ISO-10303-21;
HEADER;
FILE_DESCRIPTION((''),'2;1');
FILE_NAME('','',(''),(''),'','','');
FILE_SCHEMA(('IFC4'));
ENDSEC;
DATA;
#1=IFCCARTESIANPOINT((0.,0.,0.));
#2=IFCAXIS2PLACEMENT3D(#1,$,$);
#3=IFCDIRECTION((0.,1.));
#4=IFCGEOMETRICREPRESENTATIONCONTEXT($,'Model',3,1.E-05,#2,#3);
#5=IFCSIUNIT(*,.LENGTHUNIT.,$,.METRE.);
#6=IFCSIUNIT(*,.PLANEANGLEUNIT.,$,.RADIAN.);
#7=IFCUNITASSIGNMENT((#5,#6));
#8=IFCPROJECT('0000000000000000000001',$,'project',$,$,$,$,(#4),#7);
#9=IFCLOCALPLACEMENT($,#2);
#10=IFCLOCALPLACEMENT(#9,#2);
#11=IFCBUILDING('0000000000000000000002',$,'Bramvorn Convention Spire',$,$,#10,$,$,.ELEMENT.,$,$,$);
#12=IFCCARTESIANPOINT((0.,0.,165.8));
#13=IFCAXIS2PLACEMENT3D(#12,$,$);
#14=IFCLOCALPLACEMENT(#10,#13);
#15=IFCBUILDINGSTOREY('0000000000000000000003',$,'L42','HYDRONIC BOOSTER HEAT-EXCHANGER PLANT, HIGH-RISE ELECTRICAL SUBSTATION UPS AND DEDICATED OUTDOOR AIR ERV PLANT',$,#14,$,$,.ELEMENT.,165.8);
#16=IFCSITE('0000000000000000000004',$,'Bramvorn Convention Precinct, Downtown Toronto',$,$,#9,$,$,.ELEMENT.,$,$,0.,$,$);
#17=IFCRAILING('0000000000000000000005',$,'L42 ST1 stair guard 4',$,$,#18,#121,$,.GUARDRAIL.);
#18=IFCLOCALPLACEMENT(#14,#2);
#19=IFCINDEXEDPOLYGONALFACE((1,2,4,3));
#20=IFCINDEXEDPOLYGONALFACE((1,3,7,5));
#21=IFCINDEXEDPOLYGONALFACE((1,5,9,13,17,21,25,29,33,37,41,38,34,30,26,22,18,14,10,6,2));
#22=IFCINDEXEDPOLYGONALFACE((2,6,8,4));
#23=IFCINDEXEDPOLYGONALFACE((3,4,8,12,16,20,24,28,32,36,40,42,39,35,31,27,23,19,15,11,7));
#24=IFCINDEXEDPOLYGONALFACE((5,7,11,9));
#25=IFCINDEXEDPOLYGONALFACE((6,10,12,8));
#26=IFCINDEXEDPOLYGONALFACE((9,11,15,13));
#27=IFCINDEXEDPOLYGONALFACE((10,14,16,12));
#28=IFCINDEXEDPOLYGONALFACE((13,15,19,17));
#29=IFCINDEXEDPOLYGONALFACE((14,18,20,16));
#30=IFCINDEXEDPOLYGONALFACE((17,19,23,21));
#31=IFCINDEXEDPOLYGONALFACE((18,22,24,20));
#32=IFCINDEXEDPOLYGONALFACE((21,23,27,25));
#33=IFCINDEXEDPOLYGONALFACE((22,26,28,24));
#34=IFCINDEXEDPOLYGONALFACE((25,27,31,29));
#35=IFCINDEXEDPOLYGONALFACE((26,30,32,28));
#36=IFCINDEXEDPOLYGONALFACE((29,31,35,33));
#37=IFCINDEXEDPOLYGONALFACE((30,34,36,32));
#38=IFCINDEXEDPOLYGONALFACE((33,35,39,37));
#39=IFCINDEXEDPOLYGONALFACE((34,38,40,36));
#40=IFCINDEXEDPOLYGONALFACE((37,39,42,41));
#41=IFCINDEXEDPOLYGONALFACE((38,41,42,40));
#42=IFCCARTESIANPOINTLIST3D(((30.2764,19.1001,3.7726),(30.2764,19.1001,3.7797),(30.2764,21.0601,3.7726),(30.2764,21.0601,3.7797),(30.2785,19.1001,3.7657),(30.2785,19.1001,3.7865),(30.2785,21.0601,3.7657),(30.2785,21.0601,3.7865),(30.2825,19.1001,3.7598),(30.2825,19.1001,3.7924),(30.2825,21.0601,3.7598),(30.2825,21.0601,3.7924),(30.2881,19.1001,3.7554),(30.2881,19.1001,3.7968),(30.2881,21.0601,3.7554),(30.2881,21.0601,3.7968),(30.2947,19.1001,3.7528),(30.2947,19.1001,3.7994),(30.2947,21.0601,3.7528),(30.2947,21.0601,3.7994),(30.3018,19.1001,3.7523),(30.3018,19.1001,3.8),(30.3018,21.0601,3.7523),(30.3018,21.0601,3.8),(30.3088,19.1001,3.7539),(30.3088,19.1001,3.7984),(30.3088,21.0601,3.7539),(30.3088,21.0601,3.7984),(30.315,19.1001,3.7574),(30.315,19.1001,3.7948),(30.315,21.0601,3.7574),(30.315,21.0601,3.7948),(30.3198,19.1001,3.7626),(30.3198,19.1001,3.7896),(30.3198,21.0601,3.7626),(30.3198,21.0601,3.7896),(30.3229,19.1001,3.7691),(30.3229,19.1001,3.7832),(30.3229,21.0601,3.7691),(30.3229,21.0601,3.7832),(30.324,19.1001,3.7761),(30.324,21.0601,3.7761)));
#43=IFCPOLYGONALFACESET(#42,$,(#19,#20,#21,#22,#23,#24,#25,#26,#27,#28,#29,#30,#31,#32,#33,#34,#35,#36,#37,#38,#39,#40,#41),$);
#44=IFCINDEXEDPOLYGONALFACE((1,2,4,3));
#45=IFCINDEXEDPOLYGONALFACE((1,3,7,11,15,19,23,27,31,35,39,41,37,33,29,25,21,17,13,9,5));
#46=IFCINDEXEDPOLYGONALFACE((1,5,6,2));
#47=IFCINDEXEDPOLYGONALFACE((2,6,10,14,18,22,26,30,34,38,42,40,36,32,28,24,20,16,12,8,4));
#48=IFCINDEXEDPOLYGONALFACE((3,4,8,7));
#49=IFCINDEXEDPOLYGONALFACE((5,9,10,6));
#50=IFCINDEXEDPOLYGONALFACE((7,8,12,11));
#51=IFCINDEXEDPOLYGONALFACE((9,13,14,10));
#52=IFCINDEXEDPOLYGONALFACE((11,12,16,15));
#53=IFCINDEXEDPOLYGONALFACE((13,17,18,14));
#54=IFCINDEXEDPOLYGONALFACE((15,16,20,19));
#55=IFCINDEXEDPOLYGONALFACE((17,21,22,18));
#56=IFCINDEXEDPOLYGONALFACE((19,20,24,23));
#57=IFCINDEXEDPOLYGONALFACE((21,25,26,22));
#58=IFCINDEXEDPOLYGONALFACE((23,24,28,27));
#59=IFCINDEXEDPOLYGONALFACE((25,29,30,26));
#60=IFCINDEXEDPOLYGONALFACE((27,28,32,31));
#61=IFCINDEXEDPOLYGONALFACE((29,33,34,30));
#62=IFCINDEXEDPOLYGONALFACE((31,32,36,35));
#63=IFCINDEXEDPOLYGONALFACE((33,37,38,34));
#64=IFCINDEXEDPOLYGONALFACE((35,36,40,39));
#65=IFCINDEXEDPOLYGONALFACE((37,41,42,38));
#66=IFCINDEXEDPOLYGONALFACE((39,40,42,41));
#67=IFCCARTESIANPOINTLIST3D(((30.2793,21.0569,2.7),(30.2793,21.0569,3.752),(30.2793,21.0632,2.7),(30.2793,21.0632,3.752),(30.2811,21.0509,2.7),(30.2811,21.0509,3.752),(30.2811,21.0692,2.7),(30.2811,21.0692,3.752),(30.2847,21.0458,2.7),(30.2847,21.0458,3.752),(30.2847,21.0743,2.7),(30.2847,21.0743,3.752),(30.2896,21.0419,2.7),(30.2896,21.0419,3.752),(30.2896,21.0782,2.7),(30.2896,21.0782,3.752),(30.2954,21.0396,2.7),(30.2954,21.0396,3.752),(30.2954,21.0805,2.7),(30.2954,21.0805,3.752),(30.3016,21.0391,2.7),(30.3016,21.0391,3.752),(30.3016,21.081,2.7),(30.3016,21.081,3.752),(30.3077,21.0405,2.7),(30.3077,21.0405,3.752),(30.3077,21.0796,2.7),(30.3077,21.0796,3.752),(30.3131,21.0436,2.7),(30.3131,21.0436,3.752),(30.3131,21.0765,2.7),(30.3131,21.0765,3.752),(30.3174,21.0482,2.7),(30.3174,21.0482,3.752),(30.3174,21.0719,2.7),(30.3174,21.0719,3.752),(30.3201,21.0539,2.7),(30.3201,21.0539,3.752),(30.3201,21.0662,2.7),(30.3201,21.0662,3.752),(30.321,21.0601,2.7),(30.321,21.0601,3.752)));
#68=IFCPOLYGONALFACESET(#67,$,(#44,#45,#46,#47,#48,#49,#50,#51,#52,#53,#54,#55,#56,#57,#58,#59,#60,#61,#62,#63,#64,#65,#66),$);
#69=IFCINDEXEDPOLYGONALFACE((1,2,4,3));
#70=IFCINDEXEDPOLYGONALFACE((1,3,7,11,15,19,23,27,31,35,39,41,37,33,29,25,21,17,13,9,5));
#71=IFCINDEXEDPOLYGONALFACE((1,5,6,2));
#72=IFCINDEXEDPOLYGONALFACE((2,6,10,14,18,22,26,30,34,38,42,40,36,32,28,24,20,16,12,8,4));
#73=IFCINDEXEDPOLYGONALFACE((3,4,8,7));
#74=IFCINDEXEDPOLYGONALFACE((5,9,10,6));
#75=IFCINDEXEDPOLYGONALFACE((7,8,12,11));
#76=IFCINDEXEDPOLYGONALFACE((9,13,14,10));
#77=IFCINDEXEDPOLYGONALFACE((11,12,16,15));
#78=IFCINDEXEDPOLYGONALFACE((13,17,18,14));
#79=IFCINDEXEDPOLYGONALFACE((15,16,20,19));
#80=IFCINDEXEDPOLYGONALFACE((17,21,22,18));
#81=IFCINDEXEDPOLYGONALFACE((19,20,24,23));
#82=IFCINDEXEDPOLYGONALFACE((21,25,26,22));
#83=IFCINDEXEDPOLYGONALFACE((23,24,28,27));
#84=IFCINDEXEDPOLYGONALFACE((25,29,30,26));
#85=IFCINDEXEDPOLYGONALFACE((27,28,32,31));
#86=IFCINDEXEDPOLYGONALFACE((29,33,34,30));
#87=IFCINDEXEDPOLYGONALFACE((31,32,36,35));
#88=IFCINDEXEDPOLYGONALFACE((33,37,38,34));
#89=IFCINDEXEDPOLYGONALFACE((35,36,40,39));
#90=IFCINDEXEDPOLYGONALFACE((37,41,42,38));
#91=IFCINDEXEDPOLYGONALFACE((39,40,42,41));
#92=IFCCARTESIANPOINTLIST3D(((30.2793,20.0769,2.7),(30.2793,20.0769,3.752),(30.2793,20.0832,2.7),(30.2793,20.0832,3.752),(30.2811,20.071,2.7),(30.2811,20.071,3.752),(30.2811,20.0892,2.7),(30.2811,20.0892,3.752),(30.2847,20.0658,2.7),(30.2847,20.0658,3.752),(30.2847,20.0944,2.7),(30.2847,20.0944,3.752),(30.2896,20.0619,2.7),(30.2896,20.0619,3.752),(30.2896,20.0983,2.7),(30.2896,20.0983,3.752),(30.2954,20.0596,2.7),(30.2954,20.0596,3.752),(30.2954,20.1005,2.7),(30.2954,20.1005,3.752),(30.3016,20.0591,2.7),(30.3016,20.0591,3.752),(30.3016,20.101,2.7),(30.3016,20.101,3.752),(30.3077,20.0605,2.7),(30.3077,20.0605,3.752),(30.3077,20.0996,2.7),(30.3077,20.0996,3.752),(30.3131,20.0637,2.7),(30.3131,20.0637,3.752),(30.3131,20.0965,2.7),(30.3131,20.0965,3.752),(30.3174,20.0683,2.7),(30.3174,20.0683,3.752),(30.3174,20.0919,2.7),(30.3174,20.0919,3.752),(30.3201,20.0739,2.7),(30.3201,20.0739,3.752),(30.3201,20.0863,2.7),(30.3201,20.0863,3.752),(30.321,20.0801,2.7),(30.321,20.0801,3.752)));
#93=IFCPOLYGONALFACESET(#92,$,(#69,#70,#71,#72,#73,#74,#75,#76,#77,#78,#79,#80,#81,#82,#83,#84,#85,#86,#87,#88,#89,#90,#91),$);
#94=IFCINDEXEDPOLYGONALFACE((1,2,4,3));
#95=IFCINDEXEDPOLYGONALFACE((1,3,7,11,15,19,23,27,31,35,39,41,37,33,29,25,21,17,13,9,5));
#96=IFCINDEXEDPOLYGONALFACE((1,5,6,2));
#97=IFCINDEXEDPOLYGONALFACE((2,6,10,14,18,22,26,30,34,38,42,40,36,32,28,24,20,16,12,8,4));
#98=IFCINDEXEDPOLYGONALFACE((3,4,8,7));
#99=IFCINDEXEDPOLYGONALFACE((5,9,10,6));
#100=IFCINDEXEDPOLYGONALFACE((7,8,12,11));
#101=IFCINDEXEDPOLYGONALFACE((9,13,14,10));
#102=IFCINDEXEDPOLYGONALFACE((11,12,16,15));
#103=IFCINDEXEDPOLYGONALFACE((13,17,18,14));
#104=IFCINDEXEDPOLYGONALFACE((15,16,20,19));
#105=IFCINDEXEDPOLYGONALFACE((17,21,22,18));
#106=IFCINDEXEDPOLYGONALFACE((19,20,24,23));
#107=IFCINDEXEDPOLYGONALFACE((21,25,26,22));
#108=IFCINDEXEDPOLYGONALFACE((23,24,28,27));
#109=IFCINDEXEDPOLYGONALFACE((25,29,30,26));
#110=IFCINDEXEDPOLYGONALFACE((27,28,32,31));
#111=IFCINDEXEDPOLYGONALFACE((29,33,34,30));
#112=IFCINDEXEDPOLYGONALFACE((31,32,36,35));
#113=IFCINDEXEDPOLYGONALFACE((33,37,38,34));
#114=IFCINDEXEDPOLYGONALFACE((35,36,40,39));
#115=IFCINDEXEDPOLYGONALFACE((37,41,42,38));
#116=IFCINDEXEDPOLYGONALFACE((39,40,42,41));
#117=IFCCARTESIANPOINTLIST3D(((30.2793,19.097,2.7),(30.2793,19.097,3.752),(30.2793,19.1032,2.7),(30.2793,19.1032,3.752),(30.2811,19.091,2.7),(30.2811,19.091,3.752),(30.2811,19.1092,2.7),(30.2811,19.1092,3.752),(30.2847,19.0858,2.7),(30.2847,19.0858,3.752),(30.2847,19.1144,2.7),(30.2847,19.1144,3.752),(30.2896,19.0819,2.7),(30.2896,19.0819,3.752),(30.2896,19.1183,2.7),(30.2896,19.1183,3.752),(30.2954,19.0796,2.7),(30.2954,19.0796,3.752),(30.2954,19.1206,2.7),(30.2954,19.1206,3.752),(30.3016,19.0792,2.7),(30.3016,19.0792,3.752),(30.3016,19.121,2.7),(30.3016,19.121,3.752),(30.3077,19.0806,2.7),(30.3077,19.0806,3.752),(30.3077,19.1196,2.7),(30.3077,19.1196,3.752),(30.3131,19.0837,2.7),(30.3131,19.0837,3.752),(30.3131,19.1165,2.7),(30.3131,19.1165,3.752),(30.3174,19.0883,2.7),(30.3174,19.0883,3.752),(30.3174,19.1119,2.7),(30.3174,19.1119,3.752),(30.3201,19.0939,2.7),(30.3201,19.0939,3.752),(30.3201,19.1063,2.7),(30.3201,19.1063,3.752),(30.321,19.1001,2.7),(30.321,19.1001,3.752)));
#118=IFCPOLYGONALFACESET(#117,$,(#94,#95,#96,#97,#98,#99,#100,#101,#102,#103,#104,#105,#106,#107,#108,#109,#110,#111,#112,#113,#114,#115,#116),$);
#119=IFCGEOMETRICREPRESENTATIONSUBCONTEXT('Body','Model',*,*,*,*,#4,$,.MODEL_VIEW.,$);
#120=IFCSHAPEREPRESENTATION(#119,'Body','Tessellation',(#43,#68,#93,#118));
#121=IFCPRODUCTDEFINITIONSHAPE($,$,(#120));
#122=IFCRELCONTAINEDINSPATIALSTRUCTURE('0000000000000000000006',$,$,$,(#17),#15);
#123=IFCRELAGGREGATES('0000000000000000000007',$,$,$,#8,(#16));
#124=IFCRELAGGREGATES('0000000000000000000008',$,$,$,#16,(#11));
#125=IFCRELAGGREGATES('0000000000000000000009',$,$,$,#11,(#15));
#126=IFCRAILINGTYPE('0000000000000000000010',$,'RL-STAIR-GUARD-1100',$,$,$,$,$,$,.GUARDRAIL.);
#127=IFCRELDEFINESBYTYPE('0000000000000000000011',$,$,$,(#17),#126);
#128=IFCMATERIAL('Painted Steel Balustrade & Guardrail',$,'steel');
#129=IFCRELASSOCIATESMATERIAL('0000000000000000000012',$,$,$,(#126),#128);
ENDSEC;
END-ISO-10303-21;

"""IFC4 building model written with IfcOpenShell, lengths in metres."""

from ifc_helpers import new_model, si_unit, direction, frame, origin, origin_2d, place, context, subcontext, project, spatial, circle, extrude, material, type_object, element, save


model = new_model("IFC4")

# Units and contexts
model_context = context("Model", 3, precision=1e-05, world=origin(), true_north=direction((0.0, 1.0)))
body_context = subcontext(model_context, "Body", "Model", "MODEL_VIEW")
ifc_project = project(units=[si_unit("LENGTHUNIT", "METRE"), si_unit("PLANEANGLEUNIT", "RADIAN")], contexts=[model_context])

# Site, building, storey
site_placement = place(None, origin())
site = spatial("IfcSite", under=ifc_project, at=site_placement, Name="Bramvorn Convention Precinct, Downtown Toronto", CompositionType="ELEMENT", RefElevation=0.0)
building_placement = place(site_placement, origin())
building = spatial("IfcBuilding", under=site, at=building_placement, Name="Bramvorn Convention Spire", CompositionType="ELEMENT")
storey_placement = place(building_placement, frame((0.0, 0.0, 165.8)))
storey = spatial("IfcBuildingStorey", under=building, at=storey_placement, Name="L42", Description="HYDRONIC BOOSTER HEAT-EXCHANGER PLANT, HIGH-RISE ELECTRICAL SUBSTATION UPS AND DEDICATED OUTDOOR AIR ERV PLANT", CompositionType="ELEMENT", Elevation=165.8)

# Railing
ifc_material_1 = material(Name="Painted Steel Balustrade & Guardrail", Category="steel")
railing_type_1 = type_object("IfcRailingType", Name="RL-STAIR-GUARD-1100", PredefinedType="GUARDRAIL", material=ifc_material_1)
for number, where, name in (
    (1, (30.3, 21.0601, 2.7), "L42 ST1 stair guard 4"),
):
    element("IfcRailing", number, at=place(storey_placement, frame(where)), inside=storey, type_object=railing_type_1, Name=name, PredefinedType="GUARDRAIL", context=body_context, shape_type="SweptSolid", body=[
        extrude(circle(Radius=0.0239, at=origin_2d()), frame((0.0, 0.0, 1.0762), z_axis=(0.0, -1.0, 0.0), x_axis=(1.0, 0.0, 0.0)), (0.0, 0.0, 1.0), 1.96),
        extrude(circle(Radius=0.021, at=origin_2d()), origin(), (0.0, 0.0, 1.0), 1.052),
        extrude(circle(Radius=0.021, at=origin_2d()), frame((0.0, -0.98, 0.0)), (0.0, 0.0, 1.0), 1.052),
        extrude(circle(Radius=0.021, at=origin_2d()), frame((0.0, -1.96, 0.0)), (0.0, 0.0, 1.0), 1.052),
    ])

save(model, "model.ifc")
